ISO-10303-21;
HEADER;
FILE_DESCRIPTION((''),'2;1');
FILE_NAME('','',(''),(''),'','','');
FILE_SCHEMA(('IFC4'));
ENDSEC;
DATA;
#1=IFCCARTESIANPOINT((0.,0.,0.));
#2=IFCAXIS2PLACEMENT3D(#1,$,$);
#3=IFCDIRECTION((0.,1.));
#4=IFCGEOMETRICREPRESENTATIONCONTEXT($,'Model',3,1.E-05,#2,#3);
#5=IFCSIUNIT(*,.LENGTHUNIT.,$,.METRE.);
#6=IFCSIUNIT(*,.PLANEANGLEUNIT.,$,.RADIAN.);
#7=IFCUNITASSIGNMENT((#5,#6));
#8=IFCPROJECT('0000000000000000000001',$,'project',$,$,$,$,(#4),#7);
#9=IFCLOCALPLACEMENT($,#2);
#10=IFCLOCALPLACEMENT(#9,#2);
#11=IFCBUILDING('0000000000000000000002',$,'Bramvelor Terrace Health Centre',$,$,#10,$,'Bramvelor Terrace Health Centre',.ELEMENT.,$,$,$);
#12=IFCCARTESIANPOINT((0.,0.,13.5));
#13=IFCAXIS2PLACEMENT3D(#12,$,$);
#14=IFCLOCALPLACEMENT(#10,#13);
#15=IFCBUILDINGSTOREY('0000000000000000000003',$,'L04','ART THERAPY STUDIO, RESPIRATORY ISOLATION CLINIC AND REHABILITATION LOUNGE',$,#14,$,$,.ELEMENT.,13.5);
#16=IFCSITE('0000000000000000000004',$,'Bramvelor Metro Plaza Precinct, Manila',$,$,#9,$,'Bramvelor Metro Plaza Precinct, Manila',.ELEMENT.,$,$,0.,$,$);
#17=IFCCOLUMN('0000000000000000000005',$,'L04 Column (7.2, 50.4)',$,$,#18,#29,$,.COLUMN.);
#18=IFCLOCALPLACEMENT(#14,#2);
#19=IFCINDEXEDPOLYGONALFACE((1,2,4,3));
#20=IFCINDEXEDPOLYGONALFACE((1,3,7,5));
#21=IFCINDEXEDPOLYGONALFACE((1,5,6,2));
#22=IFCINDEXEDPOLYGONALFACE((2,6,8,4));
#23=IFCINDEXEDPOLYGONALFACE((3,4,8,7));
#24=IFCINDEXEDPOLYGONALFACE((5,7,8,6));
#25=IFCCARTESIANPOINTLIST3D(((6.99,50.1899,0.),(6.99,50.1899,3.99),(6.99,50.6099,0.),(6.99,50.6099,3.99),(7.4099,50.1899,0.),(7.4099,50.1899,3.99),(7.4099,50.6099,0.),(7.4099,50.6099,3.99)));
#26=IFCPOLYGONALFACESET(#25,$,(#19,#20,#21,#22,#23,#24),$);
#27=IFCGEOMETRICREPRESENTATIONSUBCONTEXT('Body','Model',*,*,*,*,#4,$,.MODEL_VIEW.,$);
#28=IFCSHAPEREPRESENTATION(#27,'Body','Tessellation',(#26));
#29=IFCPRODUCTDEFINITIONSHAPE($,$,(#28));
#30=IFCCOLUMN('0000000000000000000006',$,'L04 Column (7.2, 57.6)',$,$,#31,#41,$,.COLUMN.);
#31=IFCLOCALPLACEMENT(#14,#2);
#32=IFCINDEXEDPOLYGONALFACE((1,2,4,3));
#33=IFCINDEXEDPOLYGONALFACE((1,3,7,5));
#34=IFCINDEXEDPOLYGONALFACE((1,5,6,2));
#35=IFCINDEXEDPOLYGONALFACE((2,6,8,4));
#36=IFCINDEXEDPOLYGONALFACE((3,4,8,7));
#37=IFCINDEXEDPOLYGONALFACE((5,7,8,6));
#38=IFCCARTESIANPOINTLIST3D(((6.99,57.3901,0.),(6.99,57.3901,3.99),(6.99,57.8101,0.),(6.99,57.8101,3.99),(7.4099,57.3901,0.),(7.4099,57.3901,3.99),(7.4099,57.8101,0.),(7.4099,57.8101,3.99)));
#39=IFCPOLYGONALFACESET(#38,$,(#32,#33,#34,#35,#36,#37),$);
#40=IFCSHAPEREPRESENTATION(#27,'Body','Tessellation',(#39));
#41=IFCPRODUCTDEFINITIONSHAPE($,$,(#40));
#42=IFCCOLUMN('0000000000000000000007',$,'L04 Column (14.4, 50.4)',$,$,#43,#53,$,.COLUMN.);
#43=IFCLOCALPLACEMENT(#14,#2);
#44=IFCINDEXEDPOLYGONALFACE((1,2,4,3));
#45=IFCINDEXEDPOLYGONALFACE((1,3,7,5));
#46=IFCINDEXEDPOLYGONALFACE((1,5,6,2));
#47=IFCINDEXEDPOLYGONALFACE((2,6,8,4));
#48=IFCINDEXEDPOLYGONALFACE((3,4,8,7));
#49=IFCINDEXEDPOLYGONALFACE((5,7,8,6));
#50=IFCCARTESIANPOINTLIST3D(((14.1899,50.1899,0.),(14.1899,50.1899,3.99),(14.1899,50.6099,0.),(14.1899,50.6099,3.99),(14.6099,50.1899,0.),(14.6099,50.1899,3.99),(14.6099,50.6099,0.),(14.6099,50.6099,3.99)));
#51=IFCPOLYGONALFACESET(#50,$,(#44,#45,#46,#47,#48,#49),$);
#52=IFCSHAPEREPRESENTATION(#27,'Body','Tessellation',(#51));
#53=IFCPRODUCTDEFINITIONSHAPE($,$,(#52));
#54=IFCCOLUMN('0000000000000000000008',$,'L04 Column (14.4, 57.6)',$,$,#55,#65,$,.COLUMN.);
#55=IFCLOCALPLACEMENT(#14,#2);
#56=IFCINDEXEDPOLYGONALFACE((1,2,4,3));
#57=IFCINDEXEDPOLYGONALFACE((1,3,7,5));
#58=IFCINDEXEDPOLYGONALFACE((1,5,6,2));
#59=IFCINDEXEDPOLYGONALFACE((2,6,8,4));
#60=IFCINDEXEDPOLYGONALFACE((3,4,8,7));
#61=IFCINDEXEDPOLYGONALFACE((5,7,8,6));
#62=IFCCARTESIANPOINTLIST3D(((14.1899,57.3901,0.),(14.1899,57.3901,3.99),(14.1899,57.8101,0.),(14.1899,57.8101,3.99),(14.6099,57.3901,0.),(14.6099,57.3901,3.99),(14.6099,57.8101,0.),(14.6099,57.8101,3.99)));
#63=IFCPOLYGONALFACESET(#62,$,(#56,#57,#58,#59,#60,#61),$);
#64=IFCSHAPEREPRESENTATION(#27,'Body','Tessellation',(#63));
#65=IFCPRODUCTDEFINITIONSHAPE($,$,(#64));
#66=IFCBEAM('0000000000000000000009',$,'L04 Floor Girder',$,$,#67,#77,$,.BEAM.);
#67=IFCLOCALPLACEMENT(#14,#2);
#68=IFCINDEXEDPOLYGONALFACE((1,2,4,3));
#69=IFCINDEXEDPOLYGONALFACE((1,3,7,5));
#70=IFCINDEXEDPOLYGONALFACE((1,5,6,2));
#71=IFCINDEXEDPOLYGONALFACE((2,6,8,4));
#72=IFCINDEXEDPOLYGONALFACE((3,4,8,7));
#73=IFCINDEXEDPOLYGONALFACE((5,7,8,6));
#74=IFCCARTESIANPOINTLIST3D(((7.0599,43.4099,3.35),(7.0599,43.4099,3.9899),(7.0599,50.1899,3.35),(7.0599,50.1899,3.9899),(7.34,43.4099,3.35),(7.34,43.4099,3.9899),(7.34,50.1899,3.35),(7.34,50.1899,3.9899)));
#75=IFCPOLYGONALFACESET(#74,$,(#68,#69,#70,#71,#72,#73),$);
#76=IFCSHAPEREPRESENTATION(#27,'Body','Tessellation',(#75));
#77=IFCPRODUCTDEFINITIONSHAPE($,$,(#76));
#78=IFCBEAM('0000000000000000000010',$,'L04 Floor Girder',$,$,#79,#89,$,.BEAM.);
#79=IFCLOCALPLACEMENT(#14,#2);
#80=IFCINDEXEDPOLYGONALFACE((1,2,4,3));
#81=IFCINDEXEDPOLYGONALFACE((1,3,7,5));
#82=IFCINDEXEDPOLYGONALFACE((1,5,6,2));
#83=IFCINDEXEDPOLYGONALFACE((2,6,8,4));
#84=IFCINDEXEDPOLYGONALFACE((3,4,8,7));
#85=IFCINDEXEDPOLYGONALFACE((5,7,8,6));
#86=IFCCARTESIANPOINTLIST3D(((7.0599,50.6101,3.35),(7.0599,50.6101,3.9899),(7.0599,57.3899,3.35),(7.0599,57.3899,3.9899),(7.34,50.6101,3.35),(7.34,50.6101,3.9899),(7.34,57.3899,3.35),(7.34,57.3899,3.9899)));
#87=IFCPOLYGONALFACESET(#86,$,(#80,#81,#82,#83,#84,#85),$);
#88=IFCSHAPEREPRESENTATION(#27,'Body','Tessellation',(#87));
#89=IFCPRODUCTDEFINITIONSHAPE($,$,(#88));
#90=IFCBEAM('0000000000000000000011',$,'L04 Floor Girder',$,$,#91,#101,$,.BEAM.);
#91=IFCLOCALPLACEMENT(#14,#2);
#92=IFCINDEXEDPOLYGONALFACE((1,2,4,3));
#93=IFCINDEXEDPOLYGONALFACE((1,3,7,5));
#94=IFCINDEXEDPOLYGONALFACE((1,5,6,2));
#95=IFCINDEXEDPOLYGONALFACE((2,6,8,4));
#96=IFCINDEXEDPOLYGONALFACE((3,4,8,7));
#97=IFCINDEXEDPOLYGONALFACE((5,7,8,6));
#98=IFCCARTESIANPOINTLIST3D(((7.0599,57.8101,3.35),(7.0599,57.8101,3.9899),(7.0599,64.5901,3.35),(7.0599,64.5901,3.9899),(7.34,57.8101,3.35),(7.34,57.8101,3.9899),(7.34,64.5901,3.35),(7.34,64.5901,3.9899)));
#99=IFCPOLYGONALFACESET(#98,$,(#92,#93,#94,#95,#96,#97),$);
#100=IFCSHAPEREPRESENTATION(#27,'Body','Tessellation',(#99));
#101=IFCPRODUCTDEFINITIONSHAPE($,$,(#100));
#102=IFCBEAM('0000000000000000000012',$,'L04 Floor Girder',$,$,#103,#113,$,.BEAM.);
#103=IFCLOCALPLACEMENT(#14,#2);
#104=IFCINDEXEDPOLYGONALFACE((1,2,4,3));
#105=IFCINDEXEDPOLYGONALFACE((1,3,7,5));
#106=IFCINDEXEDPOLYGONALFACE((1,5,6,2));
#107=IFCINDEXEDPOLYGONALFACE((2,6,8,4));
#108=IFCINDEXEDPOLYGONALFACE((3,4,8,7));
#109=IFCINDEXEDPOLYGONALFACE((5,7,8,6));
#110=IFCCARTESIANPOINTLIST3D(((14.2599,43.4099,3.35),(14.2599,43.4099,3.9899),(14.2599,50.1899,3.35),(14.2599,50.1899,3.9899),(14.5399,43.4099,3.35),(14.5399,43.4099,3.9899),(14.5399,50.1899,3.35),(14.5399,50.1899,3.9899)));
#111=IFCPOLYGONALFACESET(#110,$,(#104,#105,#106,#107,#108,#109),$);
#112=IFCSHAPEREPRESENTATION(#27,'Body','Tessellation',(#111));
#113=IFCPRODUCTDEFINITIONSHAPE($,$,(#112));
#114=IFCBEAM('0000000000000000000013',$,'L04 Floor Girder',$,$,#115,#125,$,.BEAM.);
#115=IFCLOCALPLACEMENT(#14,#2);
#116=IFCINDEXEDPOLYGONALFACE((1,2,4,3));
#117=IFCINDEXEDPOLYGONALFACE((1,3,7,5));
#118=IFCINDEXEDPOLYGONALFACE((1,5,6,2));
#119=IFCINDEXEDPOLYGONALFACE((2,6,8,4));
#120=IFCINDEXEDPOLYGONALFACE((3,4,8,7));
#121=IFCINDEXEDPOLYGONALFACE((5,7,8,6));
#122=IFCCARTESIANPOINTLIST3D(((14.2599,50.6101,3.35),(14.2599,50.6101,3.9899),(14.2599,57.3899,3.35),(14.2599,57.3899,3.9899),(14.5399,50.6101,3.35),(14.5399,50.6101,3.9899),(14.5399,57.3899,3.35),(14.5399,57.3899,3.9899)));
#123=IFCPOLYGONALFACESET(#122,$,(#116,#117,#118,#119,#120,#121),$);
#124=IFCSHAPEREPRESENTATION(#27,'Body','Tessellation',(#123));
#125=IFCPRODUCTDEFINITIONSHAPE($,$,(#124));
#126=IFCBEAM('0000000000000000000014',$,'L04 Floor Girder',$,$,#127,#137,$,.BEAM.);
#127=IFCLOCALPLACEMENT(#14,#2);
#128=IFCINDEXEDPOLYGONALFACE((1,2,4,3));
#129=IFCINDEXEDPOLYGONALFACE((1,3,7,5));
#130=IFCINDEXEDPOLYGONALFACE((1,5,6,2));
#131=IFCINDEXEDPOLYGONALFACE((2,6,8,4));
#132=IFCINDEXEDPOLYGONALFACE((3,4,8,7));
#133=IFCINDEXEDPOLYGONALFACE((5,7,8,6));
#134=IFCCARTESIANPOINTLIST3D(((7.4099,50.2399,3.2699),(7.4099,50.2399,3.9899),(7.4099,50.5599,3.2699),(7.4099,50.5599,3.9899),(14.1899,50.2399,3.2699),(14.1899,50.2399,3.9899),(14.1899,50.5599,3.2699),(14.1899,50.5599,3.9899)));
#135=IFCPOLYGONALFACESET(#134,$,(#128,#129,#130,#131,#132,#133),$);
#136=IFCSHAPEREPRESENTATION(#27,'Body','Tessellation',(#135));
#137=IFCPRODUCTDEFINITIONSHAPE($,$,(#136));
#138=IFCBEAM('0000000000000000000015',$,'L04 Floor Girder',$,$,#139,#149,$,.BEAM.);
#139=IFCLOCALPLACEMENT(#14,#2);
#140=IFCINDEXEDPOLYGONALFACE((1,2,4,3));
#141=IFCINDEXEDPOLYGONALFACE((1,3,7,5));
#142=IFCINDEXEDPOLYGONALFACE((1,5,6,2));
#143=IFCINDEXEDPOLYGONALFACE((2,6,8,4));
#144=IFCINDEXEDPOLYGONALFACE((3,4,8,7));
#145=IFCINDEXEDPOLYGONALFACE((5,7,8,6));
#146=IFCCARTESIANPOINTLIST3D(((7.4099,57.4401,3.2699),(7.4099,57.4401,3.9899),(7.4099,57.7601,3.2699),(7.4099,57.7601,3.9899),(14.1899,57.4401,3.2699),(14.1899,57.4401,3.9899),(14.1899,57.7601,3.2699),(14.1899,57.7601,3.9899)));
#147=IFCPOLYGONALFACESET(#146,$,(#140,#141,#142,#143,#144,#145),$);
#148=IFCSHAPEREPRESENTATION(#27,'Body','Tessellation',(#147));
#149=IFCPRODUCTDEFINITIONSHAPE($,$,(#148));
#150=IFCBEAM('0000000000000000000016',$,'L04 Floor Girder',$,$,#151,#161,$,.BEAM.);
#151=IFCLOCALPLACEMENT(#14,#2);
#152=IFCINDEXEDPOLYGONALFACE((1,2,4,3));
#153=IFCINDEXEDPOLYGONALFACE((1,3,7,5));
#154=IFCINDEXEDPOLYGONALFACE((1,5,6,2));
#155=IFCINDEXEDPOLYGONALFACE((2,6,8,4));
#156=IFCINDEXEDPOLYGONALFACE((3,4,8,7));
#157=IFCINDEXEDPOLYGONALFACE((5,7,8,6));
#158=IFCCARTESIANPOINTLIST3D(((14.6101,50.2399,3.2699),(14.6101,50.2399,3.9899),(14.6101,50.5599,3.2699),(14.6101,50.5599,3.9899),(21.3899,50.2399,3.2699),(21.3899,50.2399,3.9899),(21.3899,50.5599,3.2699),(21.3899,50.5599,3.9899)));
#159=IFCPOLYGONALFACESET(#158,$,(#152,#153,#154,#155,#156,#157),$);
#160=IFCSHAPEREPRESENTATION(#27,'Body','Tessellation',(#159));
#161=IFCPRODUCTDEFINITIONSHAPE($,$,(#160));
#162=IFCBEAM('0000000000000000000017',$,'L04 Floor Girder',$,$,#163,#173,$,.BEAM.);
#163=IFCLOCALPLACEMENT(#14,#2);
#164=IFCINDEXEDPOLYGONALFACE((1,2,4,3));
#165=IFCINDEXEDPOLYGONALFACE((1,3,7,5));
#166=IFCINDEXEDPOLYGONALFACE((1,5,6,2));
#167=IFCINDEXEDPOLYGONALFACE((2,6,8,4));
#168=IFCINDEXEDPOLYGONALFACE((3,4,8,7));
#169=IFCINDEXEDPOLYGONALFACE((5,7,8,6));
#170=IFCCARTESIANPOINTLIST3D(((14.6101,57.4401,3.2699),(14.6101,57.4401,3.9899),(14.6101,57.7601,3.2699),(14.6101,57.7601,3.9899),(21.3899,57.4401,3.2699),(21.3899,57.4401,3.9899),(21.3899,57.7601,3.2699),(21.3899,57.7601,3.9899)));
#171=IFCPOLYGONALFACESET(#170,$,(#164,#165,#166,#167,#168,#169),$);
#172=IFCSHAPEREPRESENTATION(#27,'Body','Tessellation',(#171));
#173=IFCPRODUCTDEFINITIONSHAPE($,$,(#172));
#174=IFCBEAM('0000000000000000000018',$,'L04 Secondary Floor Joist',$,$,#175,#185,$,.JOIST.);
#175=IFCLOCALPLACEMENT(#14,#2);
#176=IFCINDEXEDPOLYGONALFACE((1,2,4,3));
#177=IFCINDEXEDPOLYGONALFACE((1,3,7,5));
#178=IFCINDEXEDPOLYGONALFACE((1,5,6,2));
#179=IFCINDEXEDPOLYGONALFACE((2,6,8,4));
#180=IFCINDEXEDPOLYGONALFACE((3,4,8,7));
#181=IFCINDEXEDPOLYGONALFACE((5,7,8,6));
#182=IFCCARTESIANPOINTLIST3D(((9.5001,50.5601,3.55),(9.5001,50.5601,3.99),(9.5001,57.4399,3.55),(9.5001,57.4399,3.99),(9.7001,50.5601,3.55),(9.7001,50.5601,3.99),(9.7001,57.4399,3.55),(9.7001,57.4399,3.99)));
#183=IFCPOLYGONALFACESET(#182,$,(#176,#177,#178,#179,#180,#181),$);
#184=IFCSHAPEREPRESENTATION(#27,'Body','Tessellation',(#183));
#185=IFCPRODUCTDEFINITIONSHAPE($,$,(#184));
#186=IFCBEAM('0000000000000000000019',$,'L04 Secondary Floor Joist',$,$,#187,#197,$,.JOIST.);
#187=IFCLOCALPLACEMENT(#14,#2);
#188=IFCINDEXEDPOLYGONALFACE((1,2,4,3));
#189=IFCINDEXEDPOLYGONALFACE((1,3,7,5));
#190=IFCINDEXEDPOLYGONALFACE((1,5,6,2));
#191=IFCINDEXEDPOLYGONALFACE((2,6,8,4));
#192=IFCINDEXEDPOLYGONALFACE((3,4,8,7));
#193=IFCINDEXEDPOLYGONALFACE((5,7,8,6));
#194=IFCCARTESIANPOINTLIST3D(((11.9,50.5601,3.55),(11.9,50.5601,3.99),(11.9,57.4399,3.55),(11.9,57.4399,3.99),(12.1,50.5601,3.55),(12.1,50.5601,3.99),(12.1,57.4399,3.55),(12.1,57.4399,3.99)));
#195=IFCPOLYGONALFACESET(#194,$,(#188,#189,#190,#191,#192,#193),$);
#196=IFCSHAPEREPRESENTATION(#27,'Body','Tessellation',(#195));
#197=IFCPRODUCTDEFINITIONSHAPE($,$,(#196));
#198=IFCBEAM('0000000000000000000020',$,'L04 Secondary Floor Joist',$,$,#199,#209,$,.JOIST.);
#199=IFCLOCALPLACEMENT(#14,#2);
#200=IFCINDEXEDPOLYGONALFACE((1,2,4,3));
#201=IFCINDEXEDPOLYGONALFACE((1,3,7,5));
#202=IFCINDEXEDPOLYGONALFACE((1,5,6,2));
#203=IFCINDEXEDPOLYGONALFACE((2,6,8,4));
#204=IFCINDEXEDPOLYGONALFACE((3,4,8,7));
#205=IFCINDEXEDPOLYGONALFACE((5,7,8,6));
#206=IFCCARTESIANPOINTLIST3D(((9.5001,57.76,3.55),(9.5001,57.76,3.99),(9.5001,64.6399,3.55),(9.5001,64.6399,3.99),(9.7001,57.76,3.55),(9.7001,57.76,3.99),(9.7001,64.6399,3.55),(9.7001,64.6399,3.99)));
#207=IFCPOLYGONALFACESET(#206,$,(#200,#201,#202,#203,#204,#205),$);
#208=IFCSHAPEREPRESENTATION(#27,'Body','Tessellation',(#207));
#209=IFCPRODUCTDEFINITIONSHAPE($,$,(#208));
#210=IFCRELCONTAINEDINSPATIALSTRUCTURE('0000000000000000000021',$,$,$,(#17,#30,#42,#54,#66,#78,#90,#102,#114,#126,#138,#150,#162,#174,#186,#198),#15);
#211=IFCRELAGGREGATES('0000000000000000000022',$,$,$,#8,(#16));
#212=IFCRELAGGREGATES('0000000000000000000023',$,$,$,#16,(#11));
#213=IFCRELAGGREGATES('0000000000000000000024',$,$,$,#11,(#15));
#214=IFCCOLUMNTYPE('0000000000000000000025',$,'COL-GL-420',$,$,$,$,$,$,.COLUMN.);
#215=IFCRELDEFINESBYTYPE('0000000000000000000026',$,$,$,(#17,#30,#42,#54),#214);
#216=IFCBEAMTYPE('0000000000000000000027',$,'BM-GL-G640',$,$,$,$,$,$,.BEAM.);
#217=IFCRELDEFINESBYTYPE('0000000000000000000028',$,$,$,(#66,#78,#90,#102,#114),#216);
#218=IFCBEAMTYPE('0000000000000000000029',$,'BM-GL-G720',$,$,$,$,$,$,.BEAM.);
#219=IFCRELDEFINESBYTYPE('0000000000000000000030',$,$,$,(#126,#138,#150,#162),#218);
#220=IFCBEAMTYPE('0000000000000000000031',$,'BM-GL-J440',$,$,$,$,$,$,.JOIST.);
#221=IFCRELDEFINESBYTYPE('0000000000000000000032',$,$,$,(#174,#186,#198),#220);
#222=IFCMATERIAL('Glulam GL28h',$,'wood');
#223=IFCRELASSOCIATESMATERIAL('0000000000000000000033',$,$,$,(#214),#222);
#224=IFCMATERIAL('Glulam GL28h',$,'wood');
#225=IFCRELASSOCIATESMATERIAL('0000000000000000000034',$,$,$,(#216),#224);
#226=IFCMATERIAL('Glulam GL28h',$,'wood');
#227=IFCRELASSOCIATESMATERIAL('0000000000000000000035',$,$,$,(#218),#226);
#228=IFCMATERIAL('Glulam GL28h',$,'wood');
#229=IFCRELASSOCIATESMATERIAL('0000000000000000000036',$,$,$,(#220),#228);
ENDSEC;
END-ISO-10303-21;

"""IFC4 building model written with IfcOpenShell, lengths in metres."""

from ifc_helpers import new_model, si_unit, direction, frame, origin, origin_2d, place, context, subcontext, project, spatial, rectangle, extrude, material, material_profile, profile_set, type_object, element, save


model = new_model("IFC4")

# Units and contexts
model_context = context("Model", 3, precision=1e-05, world=origin(), true_north=direction((0.0, 1.0)))
body_context = subcontext(model_context, "Body", "Model", "MODEL_VIEW")
ifc_project = project(units=[si_unit("LENGTHUNIT", "METRE"), si_unit("PLANEANGLEUNIT", "RADIAN")], contexts=[model_context])

# Site, building, storey
site_placement = place(None, origin())
site = spatial("IfcSite", under=ifc_project, at=site_placement, Name="Bramvelor Metro Plaza Precinct, Manila", LongName="Bramvelor Metro Plaza Precinct, Manila", CompositionType="ELEMENT", RefElevation=0.0)
building_placement = place(site_placement, origin())
building = spatial("IfcBuilding", under=site, at=building_placement, Name="Bramvelor Terrace Health Centre", LongName="Bramvelor Terrace Health Centre", CompositionType="ELEMENT")
storey_placement = place(building_placement, frame((0.0, 0.0, 13.5)))
storey = spatial("IfcBuildingStorey", under=building, at=storey_placement, Name="L04", Description="ART THERAPY STUDIO, RESPIRATORY ISOLATION CLINIC AND REHABILITATION LOUNGE", CompositionType="ELEMENT", Elevation=13.5)

# Columns
ifc_material_1 = material(Name="Glulam GL28h", Category="wood")
ifc_material_profile_1 = material_profile(ifc_material_1, rectangle(XDim=0.4199, YDim=0.4199, at=origin_2d()), Name="GL 420x420")
ifc_profile_set_1 = profile_set([ifc_material_profile_1], Name="Glulam GL28h")
column_type = type_object("IfcColumnType", Name="COL-GL-420", PredefinedType="COLUMN", material=ifc_profile_set_1)
for number, where, z_axis, x_axis, name in (
    (1, (7.2, 50.3999, 0.0), (0.0, 0.0, 1.0), (1.0, 0.0, 0.0), "L04 Column (7.2, 50.4)"),
    (2, (7.2, 57.6001, 0.0), (0.0, 0.0, 1.0), (1.0, 0.0, 0.0), "L04 Column (7.2, 57.6)"),
    (3, (14.3999, 50.3999, 0.0), (0.0, 0.0, 1.0), (1.0, 0.0, 0.0), "L04 Column (14.4, 50.4)"),
    (4, (14.3999, 57.6001, 0.0), (0.0, 0.0, 1.0), (1.0, 0.0, 0.0), "L04 Column (14.4, 57.6)"),
):
    element("IfcColumn", number, at=place(storey_placement, frame(where, z_axis=z_axis, x_axis=x_axis)), inside=storey, type_object=column_type, Name=name, PredefinedType="COLUMN", context=body_context, shape_type="SweptSolid", body=[
        extrude(rectangle(XDim=0.4199, YDim=0.4199, at=origin_2d()), origin(), (0.0, 0.0, 1.0), 3.99),
    ])

# Beams
ifc_material_2 = material(Name="Glulam GL28h", Category="wood")
ifc_material_profile_2 = material_profile(ifc_material_2, rectangle(XDim=0.28, YDim=0.6399, at=origin_2d()), Name="GL 280x640")
ifc_profile_set_2 = profile_set([ifc_material_profile_2], Name="Glulam GL28h")
beam_type_1 = type_object("IfcBeamType", Name="BM-GL-G640", PredefinedType="BEAM", material=ifc_profile_set_2)
beam_1_placement = place(storey_placement, frame((7.2, 43.4099, 3.6699), z_axis=(0.0, 1.0, 0.0), x_axis=(-1.0, 0.0, 0.0)))
element("IfcBeam", 5, at=beam_1_placement, inside=storey, type_object=beam_type_1, Name="L04 Floor Girder", PredefinedType="BEAM", context=body_context, shape_type="SweptSolid", body=[
    extrude(rectangle(XDim=0.28, YDim=0.6399, at=origin_2d()), origin(), (0.0, 0.0, 1.0), 6.78),
])
beam_2_placement = place(storey_placement, frame((7.2, 50.6101, 3.6699), z_axis=(0.0, 1.0, 0.0), x_axis=(-1.0, 0.0, 0.0)))
element("IfcBeam", 6, at=beam_2_placement, inside=storey, type_object=beam_type_1, Name="L04 Floor Girder", PredefinedType="BEAM", context=body_context, shape_type="SweptSolid", body=[
    extrude(rectangle(XDim=0.28, YDim=0.6399, at=origin_2d()), origin(), (0.0, 0.0, 1.0), 6.7798),
])
for number, where, z_axis, x_axis, name in (
    (7, (7.2, 57.8101, 3.6699), (0.0, 1.0, 0.0), (-1.0, 0.0, 0.0), "L04 Floor Girder"),
    (8, (14.3999, 43.4099, 3.6699), (0.0, 1.0, 0.0), (-1.0, 0.0, 0.0), "L04 Floor Girder"),
):
    element("IfcBeam", number, at=place(storey_placement, frame(where, z_axis=z_axis, x_axis=x_axis)), inside=storey, type_object=beam_type_1, Name=name, PredefinedType="BEAM", context=body_context, shape_type="SweptSolid", body=[
        extrude(rectangle(XDim=0.28, YDim=0.6399, at=origin_2d()), origin(), (0.0, 0.0, 1.0), 6.78),
    ])
beam_3_placement = place(storey_placement, frame((14.3999, 50.6101, 3.6699), z_axis=(0.0, 1.0, 0.0), x_axis=(-1.0, 0.0, 0.0)))
element("IfcBeam", 9, at=beam_3_placement, inside=storey, type_object=beam_type_1, Name="L04 Floor Girder", PredefinedType="BEAM", context=body_context, shape_type="SweptSolid", body=[
    extrude(rectangle(XDim=0.28, YDim=0.6399, at=origin_2d()), origin(), (0.0, 0.0, 1.0), 6.7798),
])
ifc_material_3 = material(Name="Glulam GL28h", Category="wood")
ifc_material_profile_3 = material_profile(ifc_material_3, rectangle(XDim=0.3201, YDim=0.72, at=origin_2d()), Name="GL 320x720")
ifc_profile_set_3 = profile_set([ifc_material_profile_3], Name="Glulam GL28h")
beam_type_2 = type_object("IfcBeamType", Name="BM-GL-G720", PredefinedType="BEAM", material=ifc_profile_set_3)
for number, where, z_axis, x_axis, name in (
    (10, (7.4099, 50.3999, 3.6299), (1.0, 0.0, 0.0), (0.0, 1.0, 0.0), "L04 Floor Girder"),
    (11, (7.4099, 57.6001, 3.6299), (1.0, 0.0, 0.0), (0.0, 1.0, 0.0), "L04 Floor Girder"),
):
    element("IfcBeam", number, at=place(storey_placement, frame(where, z_axis=z_axis, x_axis=x_axis)), inside=storey, type_object=beam_type_2, Name=name, PredefinedType="BEAM", context=body_context, shape_type="SweptSolid", body=[
        extrude(rectangle(XDim=0.3201, YDim=0.72, at=origin_2d()), origin(), (0.0, 0.0, 1.0), 6.78),
    ])
for number, where, z_axis, x_axis, name in (
    (12, (14.6101, 50.3999, 3.6299), (1.0, 0.0, 0.0), (0.0, 1.0, 0.0), "L04 Floor Girder"),
    (13, (14.6101, 57.6001, 3.6299), (1.0, 0.0, 0.0), (0.0, 1.0, 0.0), "L04 Floor Girder"),
):
    element("IfcBeam", number, at=place(storey_placement, frame(where, z_axis=z_axis, x_axis=x_axis)), inside=storey, type_object=beam_type_2, Name=name, PredefinedType="BEAM", context=body_context, shape_type="SweptSolid", body=[
        extrude(rectangle(XDim=0.3201, YDim=0.72, at=origin_2d()), origin(), (0.0, 0.0, 1.0), 6.7798),
    ])
ifc_material_4 = material(Name="Glulam GL28h", Category="wood")
ifc_material_profile_4 = material_profile(ifc_material_4, rectangle(XDim=0.2, YDim=0.4399, at=origin_2d()), Name="GL 200x440")
ifc_profile_set_4 = profile_set([ifc_material_profile_4], Name="Glulam GL28h")
beam_type_3 = type_object("IfcBeamType", Name="BM-GL-J440", PredefinedType="JOIST", material=ifc_profile_set_4)
for number, where, z_axis, x_axis, name in (
    (14, (9.6001, 50.5601, 3.77), (0.0, 1.0, 0.0), (-1.0, 0.0, 0.0), "L04 Secondary Floor Joist"),
    (15, (12.0, 50.5601, 3.77), (0.0, 1.0, 0.0), (-1.0, 0.0, 0.0), "L04 Secondary Floor Joist"),
    (16, (9.6001, 57.76, 3.77), (0.0, 1.0, 0.0), (-1.0, 0.0, 0.0), "L04 Secondary Floor Joist"),
):
    element("IfcBeam", number, at=place(storey_placement, frame(where, z_axis=z_axis, x_axis=x_axis)), inside=storey, type_object=beam_type_3, Name=name, PredefinedType="JOIST", context=body_context, shape_type="SweptSolid", body=[
        extrude(rectangle(XDim=0.2, YDim=0.4399, at=origin_2d()), origin(), (0.0, 0.0, 1.0), 6.8799),
    ])

save(model, "model.ifc")
